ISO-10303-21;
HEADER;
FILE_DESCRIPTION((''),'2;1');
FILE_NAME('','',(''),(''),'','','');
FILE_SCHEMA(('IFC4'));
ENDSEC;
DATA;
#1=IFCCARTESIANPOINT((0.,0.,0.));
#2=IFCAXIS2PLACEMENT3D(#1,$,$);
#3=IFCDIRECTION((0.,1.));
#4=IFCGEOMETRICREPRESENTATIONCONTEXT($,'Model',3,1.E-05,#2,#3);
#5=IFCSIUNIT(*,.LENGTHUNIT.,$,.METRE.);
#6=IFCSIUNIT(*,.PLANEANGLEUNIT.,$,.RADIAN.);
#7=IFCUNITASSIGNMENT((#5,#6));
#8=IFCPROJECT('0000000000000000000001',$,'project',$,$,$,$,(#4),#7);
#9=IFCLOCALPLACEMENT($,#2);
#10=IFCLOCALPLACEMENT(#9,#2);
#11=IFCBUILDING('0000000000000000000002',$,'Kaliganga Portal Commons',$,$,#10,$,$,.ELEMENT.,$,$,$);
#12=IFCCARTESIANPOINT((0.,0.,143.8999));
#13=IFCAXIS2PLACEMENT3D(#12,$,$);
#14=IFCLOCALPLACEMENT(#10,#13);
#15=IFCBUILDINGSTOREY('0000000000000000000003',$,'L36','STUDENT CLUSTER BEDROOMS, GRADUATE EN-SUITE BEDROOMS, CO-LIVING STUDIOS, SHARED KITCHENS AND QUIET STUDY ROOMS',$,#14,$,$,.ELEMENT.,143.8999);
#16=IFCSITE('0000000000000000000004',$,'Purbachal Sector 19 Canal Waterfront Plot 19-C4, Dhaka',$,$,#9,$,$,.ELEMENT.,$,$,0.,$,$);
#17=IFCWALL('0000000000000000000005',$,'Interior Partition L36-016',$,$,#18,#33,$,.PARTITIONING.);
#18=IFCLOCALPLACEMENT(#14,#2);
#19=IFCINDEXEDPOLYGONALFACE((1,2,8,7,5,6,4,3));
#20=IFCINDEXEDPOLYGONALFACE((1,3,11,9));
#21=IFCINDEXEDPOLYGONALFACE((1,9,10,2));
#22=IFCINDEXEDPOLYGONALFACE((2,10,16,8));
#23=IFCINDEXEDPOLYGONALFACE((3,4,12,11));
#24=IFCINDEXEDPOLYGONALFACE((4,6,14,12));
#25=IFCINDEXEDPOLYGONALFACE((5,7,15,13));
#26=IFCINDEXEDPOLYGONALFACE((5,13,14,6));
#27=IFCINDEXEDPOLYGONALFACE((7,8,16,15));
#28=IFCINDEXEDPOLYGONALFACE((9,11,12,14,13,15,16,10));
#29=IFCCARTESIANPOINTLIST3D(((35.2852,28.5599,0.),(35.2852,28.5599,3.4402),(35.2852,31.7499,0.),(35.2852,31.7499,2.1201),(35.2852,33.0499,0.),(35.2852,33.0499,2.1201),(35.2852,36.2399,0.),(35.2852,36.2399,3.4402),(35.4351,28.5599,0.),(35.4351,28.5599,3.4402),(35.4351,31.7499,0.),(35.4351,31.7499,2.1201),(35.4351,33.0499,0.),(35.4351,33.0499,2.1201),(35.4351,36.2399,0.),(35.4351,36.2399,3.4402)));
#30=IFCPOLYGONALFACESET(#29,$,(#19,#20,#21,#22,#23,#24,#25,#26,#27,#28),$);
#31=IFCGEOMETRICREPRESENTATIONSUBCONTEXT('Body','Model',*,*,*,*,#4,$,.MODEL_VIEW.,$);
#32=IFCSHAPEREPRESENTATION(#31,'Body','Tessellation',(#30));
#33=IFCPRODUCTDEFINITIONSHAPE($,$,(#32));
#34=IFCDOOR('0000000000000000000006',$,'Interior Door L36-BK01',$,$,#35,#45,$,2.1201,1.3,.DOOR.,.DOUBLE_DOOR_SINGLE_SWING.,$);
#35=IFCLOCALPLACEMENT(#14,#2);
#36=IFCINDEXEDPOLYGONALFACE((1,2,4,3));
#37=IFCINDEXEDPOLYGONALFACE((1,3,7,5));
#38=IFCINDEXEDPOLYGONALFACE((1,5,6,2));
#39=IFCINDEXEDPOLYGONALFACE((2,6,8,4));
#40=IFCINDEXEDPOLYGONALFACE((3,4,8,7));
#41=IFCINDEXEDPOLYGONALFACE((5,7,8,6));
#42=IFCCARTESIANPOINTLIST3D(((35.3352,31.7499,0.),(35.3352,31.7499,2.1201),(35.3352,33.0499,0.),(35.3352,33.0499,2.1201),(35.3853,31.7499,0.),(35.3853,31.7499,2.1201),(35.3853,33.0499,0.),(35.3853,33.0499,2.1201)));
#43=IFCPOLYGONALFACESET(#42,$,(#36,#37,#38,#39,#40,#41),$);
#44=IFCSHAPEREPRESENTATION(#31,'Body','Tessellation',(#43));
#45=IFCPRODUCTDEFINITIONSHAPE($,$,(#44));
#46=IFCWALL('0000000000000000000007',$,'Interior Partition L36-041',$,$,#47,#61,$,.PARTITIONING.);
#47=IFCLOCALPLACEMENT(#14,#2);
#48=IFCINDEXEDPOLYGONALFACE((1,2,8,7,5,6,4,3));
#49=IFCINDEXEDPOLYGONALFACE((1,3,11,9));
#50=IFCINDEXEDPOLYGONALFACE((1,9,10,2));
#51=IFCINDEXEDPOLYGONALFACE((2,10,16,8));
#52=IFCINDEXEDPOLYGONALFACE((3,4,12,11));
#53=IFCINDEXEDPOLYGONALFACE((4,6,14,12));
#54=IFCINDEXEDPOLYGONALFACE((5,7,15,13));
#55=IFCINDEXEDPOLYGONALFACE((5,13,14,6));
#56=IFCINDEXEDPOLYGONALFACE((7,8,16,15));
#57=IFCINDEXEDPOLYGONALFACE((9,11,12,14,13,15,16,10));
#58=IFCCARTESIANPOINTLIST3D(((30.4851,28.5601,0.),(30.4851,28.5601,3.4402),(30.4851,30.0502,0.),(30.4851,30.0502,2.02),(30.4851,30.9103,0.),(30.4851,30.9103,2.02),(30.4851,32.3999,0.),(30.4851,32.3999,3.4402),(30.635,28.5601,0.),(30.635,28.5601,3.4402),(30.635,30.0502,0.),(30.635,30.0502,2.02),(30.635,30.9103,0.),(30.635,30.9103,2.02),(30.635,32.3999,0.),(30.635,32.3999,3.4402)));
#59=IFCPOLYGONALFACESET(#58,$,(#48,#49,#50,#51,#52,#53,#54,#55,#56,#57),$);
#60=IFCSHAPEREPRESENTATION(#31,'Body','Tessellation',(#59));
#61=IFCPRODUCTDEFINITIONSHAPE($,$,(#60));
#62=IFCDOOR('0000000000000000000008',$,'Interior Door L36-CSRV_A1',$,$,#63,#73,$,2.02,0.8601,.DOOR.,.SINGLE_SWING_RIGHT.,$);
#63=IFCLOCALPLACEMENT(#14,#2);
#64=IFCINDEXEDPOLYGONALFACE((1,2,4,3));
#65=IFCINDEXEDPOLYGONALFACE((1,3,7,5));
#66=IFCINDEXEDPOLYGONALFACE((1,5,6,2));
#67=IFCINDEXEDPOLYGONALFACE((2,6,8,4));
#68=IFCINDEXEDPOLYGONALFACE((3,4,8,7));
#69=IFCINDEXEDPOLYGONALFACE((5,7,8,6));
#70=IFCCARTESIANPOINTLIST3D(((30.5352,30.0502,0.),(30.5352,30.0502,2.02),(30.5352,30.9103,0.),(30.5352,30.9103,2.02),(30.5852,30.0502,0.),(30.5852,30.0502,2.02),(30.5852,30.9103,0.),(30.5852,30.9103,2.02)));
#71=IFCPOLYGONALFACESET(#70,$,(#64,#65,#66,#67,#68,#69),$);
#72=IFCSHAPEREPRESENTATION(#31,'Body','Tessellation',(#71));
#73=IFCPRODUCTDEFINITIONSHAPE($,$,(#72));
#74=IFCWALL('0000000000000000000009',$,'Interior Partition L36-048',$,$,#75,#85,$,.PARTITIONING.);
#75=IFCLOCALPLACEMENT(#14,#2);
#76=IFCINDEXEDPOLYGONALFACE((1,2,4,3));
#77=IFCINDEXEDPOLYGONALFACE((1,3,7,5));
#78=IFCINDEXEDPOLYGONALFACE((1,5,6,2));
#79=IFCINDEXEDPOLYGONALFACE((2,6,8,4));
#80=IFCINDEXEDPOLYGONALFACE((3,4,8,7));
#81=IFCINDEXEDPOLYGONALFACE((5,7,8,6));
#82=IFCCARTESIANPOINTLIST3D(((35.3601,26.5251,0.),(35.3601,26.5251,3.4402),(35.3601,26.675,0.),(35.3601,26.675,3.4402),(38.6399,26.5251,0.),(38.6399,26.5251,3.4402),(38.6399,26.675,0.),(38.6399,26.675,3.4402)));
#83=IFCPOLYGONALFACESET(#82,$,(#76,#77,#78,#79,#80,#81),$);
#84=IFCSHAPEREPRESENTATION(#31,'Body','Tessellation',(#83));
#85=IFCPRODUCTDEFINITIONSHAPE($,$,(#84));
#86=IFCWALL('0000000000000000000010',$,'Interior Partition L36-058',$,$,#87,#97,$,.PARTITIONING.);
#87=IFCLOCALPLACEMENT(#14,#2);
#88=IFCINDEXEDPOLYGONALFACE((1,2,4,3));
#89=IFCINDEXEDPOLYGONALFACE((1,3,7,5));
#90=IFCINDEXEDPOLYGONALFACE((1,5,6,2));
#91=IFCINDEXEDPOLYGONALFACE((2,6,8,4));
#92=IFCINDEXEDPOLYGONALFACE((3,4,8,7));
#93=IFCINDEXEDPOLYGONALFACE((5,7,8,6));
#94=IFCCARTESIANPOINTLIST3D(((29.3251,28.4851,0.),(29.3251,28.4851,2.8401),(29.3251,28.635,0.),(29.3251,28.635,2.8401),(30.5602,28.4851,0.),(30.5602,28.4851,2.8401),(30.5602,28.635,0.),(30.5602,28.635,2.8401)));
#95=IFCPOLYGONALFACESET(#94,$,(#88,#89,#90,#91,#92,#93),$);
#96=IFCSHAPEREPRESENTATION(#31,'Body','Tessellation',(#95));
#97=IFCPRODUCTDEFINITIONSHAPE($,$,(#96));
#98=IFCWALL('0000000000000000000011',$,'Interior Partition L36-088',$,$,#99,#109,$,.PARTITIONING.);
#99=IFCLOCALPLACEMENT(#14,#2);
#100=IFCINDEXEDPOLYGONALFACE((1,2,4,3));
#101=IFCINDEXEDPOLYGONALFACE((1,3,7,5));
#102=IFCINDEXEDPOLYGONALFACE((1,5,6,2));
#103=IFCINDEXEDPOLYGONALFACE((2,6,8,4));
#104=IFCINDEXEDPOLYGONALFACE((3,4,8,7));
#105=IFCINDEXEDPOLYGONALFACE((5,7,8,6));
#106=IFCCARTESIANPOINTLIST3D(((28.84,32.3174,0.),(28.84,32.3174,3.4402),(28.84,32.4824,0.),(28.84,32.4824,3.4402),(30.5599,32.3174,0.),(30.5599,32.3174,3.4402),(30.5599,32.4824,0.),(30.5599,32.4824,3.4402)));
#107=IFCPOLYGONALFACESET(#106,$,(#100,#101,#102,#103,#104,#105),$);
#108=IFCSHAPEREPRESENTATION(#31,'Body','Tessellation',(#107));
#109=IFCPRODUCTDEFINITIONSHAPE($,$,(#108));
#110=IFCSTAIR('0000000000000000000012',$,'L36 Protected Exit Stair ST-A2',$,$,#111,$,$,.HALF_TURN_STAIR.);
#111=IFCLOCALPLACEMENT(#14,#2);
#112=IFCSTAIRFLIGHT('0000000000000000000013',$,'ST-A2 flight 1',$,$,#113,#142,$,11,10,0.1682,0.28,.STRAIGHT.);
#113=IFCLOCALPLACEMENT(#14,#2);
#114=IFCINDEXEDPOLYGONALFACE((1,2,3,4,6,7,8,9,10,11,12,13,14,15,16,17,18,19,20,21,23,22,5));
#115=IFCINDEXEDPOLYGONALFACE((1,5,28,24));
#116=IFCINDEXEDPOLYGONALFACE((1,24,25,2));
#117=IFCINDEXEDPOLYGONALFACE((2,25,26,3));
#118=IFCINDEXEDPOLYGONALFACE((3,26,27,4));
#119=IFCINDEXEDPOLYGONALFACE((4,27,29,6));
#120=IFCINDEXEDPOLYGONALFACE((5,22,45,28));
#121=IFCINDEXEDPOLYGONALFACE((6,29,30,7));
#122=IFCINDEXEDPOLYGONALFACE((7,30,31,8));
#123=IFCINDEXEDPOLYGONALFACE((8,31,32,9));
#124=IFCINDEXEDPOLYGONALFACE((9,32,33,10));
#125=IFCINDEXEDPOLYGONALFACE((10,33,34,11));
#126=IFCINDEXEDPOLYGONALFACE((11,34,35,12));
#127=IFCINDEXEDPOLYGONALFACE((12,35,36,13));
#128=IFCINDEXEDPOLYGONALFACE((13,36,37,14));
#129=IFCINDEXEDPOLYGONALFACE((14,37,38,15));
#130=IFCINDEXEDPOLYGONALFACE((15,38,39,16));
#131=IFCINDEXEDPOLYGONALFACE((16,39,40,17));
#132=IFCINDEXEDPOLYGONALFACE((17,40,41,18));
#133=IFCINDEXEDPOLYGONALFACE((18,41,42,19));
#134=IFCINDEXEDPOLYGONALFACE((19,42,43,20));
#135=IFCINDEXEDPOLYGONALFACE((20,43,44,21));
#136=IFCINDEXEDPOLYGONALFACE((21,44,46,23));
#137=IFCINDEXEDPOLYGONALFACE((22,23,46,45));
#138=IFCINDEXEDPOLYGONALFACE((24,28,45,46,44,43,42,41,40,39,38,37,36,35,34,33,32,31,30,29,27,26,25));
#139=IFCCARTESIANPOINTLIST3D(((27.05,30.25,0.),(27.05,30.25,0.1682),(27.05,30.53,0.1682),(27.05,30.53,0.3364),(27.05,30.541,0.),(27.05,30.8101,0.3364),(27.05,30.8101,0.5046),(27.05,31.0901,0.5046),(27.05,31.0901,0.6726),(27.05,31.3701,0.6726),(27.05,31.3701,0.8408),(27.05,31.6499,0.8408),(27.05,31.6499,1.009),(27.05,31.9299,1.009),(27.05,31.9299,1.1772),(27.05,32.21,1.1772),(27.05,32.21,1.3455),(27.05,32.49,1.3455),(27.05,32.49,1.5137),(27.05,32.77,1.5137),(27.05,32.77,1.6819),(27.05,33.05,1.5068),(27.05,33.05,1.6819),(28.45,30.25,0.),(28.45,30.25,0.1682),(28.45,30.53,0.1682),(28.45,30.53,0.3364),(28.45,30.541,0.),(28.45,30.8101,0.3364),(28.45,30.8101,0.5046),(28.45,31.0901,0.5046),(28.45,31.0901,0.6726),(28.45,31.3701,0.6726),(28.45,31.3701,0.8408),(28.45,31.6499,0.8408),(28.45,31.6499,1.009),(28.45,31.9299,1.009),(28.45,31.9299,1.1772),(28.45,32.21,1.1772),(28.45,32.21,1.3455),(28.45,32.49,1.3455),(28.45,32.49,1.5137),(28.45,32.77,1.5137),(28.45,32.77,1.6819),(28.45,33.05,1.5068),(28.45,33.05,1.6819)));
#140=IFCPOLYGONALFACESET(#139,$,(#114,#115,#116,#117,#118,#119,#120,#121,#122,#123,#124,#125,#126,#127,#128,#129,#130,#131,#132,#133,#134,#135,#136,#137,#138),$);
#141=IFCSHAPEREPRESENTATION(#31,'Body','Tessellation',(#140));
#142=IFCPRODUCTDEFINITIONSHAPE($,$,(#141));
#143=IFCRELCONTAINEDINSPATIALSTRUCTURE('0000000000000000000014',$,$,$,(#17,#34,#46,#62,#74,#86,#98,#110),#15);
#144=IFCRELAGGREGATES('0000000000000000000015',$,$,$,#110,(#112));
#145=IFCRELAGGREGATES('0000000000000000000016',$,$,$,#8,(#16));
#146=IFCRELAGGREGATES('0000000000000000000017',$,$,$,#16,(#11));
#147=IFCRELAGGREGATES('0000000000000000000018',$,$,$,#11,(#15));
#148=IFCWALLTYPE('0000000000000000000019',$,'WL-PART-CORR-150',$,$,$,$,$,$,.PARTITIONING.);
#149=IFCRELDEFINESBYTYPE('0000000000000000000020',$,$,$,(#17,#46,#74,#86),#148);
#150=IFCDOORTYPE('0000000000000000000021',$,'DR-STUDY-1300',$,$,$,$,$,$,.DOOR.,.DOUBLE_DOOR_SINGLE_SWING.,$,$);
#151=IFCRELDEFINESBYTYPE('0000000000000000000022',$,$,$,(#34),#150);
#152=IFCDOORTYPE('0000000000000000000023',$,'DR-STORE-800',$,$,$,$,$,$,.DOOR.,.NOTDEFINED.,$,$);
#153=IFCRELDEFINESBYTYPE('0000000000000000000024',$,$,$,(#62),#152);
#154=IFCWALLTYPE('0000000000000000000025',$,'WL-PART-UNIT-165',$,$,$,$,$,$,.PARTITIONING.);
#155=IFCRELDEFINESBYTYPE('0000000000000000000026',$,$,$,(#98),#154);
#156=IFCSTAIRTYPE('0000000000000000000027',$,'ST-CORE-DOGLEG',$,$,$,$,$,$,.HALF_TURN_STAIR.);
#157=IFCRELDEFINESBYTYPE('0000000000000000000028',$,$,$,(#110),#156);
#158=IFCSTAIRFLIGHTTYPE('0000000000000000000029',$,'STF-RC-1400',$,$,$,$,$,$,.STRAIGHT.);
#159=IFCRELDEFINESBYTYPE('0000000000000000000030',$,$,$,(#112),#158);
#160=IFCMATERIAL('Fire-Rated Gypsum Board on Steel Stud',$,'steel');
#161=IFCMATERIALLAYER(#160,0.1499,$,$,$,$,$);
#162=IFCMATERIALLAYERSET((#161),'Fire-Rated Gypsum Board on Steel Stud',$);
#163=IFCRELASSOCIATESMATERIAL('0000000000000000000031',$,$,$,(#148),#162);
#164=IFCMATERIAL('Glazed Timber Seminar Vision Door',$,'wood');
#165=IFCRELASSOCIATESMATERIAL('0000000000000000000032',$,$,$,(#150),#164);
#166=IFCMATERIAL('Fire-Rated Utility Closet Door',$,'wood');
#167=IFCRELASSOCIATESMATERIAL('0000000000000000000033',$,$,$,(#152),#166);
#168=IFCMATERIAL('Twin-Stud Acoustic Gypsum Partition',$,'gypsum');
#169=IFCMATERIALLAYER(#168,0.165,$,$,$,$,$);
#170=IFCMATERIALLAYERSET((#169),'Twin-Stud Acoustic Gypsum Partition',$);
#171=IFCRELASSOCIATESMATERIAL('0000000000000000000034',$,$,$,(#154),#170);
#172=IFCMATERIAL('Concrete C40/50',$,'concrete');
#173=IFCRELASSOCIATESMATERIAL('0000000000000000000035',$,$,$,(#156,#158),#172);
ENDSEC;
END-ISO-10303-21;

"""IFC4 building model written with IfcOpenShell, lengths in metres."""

from ifc_helpers import new_model, si_unit, direction, frame, frame_2d, origin, place, context, subcontext, project, spatial, polyline, rectangle, outline, extrude, material, layer, layer_set, type_object, element, fill, aggregate, save


model = new_model("IFC4")

# Units and contexts
model_context = context("Model", 3, precision=1e-05, world=origin(), true_north=direction((0.0, 1.0)))
body_context = subcontext(model_context, "Body", "Model", "MODEL_VIEW")
ifc_project = project(units=[si_unit("LENGTHUNIT", "METRE"), si_unit("PLANEANGLEUNIT", "RADIAN")], contexts=[model_context])

# Site, building, storey
site_placement = place(None, origin())
site = spatial("IfcSite", under=ifc_project, at=site_placement, Name="Purbachal Sector 19 Canal Waterfront Plot 19-C4, Dhaka", CompositionType="ELEMENT", RefElevation=0.0)
building_placement = place(site_placement, origin())
building = spatial("IfcBuilding", under=site, at=building_placement, Name="Kaliganga Portal Commons", CompositionType="ELEMENT")
storey_placement = place(building_placement, frame((0.0, 0.0, 143.8999)))
storey = spatial("IfcBuildingStorey", under=building, at=storey_placement, Name="L36", Description="STUDENT CLUSTER BEDROOMS, GRADUATE EN-SUITE BEDROOMS, CO-LIVING STUDIOS, SHARED KITCHENS AND QUIET STUDY ROOMS", CompositionType="ELEMENT", Elevation=143.8999)

# Walls, openings, doors
ifc_material_1 = material(Name="Fire-Rated Gypsum Board on Steel Stud", Category="steel")
ifc_layer_1 = layer(ifc_material_1, 0.1499)
ifc_layer_set_1 = layer_set([ifc_layer_1], Name="Fire-Rated Gypsum Board on Steel Stud")
wall_type_1 = type_object("IfcWallType", Name="WL-PART-CORR-150", PredefinedType="PARTITIONING", material=ifc_layer_set_1)
wall_1_placement = place(storey_placement, frame((35.3601, 28.5601, 0.0), z_axis=(0.0, 0.0, 1.0), x_axis=(0.0, 1.0, 0.0)))
wall_1 = element("IfcWall", 1, at=wall_1_placement, inside=storey, type_object=wall_type_1, Name="Interior Partition L36-016", PredefinedType="PARTITIONING", context=body_context, shape_type="SweptSolid", body=[
    extrude(rectangle(XDim=7.6799, YDim=0.1499, at=frame_2d((3.8398, 0.0))), origin(), (0.0, 0.0, 1.0), 3.4402),
])
opening_1_placement = place(wall_1_placement, frame((3.1899, 0.0, 0.0)))
opening_1 = element("IfcOpeningElement", 2, at=opening_1_placement, cuts=wall_1, PredefinedType="OPENING", context=body_context, shape_type="SweptSolid", body=[
    extrude(rectangle(XDim=1.3, YDim=2.1201, at=frame_2d((0.6499, 1.0601))), frame((0.0, 0.085, 0.0), z_axis=(0.0, -1.0, 0.0), x_axis=(1.0, 0.0, 0.0)), (0.0, 0.0, 1.0), 0.1699),
])
ifc_material_2 = material(Name="Glazed Timber Seminar Vision Door", Category="wood")
door_type_1 = type_object("IfcDoorType", Name="DR-STUDY-1300", OperationType="DOUBLE_DOOR_SINGLE_SWING", PredefinedType="DOOR", material=ifc_material_2)
door_1_placement = place(opening_1_placement, origin())
door_1 = element("IfcDoor", 3, at=door_1_placement, inside=storey, type_object=door_type_1, Name="Interior Door L36-BK01", OperationType="DOUBLE_DOOR_SINGLE_SWING", OverallHeight=2.1201, OverallWidth=1.3, PredefinedType="DOOR", context=body_context, shape_type="SweptSolid", body=[
    extrude(rectangle(XDim=1.3, YDim=2.1201, at=frame_2d((0.6499, 1.0601))), frame((0.0, 0.0249, 0.0), z_axis=(0.0, -1.0, 0.0), x_axis=(1.0, 0.0, 0.0)), (0.0, 0.0, 1.0), 0.05),
])
fill(opening_1, door_1)
wall_2_placement = place(storey_placement, frame((30.5601, 28.5601, 0.0), z_axis=(0.0, 0.0, 1.0), x_axis=(0.0, 1.0, 0.0)))
wall_2 = element("IfcWall", 4, at=wall_2_placement, inside=storey, type_object=wall_type_1, Name="Interior Partition L36-041", PredefinedType="PARTITIONING", context=body_context, shape_type="SweptSolid", body=[
    extrude(rectangle(XDim=3.8398, YDim=0.1499, at=frame_2d((1.9199, 0.0))), origin(), (0.0, 0.0, 1.0), 3.4402),
])
opening_2_placement = place(wall_2_placement, frame((1.49, 0.0, 0.0)))
opening_2 = element("IfcOpeningElement", 5, at=opening_2_placement, cuts=wall_2, PredefinedType="OPENING", context=body_context, shape_type="SweptSolid", body=[
    extrude(rectangle(XDim=0.8601, YDim=2.02, at=frame_2d((0.4302, 1.01))), frame((0.0, 0.085, 0.0), z_axis=(0.0, -1.0, 0.0), x_axis=(1.0, 0.0, 0.0)), (0.0, 0.0, 1.0), 0.1699),
])
ifc_material_3 = material(Name="Fire-Rated Utility Closet Door", Category="wood")
door_type_2 = type_object("IfcDoorType", Name="DR-STORE-800", OperationType="NOTDEFINED", PredefinedType="DOOR", material=ifc_material_3)
door_2_placement = place(opening_2_placement, origin())
door_2 = element("IfcDoor", 6, at=door_2_placement, inside=storey, type_object=door_type_2, Name="Interior Door L36-CSRV_A1", OperationType="SINGLE_SWING_RIGHT", OverallHeight=2.02, OverallWidth=0.8601, PredefinedType="DOOR", context=body_context, shape_type="SweptSolid", body=[
    extrude(rectangle(XDim=0.8601, YDim=2.02, at=frame_2d((0.4302, 1.01))), frame((0.0, 0.0249, 0.0), z_axis=(0.0, -1.0, 0.0), x_axis=(1.0, 0.0, 0.0)), (0.0, 0.0, 1.0), 0.05),
])
fill(opening_2, door_2)

# Walls
wall_3_placement = place(storey_placement, frame((35.3601, 26.6001, 0.0), z_axis=(0.0, 0.0, 1.0), x_axis=(1.0, 0.0, 0.0)))
element("IfcWall", 7, at=wall_3_placement, inside=storey, type_object=wall_type_1, Name="Interior Partition L36-048", PredefinedType="PARTITIONING", context=body_context, shape_type="SweptSolid", body=[
    extrude(rectangle(XDim=3.2798, YDim=0.1499, at=frame_2d((1.6399, 0.0))), origin(), (0.0, 0.0, 1.0), 3.4402),
])
wall_4_placement = place(storey_placement, frame((29.325, 28.5601, 0.0), z_axis=(0.0, 0.0, 1.0), x_axis=(1.0, 0.0, 0.0)))
element("IfcWall", 8, at=wall_4_placement, inside=storey, type_object=wall_type_1, Name="Interior Partition L36-058", PredefinedType="PARTITIONING", context=body_context, shape_type="SweptSolid", body=[
    extrude(rectangle(XDim=1.2351, YDim=0.1499, at=frame_2d((0.6177, 0.0))), origin(), (0.0, 0.0, 1.0), 2.8401),
])
ifc_material_4 = material(Name="Twin-Stud Acoustic Gypsum Partition", Category="gypsum")
ifc_layer_2 = layer(ifc_material_4, 0.165)
ifc_layer_set_2 = layer_set([ifc_layer_2], Name="Twin-Stud Acoustic Gypsum Partition")
wall_type_2 = type_object("IfcWallType", Name="WL-PART-UNIT-165", PredefinedType="PARTITIONING", material=ifc_layer_set_2)
wall_5_placement = place(storey_placement, frame((28.8401, 32.3999, 0.0), z_axis=(0.0, 0.0, 1.0), x_axis=(1.0, 0.0, 0.0)))
element("IfcWall", 9, at=wall_5_placement, inside=storey, type_object=wall_type_2, Name="Interior Partition L36-088", PredefinedType="PARTITIONING", context=body_context, shape_type="SweptSolid", body=[
    extrude(rectangle(XDim=1.72, YDim=0.165, at=frame_2d((0.8599, 0.0))), origin(), (0.0, 0.0, 1.0), 3.4402),
])

# Stair, stair flight
ifc_material_5 = material(Name="Concrete C40/50", Category="concrete")
stair_type = type_object("IfcStairType", Name="ST-CORE-DOGLEG", PredefinedType="HALF_TURN_STAIR", material=ifc_material_5)
stair_placement = place(storey_placement, origin())
stair = element("IfcStair", 10, at=stair_placement, inside=storey, type_object=stair_type, Name="L36 Protected Exit Stair ST-A2", PredefinedType="HALF_TURN_STAIR")
stair_flight_type = type_object("IfcStairFlightType", Name="STF-RC-1400", PredefinedType="STRAIGHT", material=ifc_material_5)
stair_flight_placement = place(storey_placement, frame((27.75, 30.25, 0.0), z_axis=(0.0, 0.0, 1.0), x_axis=(0.0, 1.0, 0.0)))
stair_flight = element("IfcStairFlight", 11, at=stair_flight_placement, type_object=stair_flight_type, Name="ST-A2 flight 1", NumberOfRisers=11, NumberOfTreads=10, PredefinedType="STRAIGHT", RiserHeight=0.1682, TreadLength=0.28, context=body_context, shape_type="SweptSolid", body=[
    extrude(outline(polyline([(0.0, 0.0), (0.0, 0.1682), (0.28, 0.1682), (0.28, 0.3364), (0.5601, 0.3364), (0.5601, 0.5046), (0.8401, 0.5046), (0.8401, 0.6726), (1.1201, 0.6726), (1.1201, 0.8408), (1.3999, 0.8408), (1.3999, 1.009), (1.6799, 1.009), (1.6799, 1.1772), (1.96, 1.1772), (1.96, 1.3455), (2.24, 1.3455), (2.24, 1.5137), (2.52, 1.5137), (2.52, 1.6819), (2.8, 1.6819), (2.8, 1.8501), (2.8, 1.5068), (0.291, 0.0), (0.0, 0.0)])), frame((0.0, 0.7, 0.0), z_axis=(0.0, -1.0, 0.0), x_axis=(1.0, 0.0, 0.0)), (0.0, 0.0, 1.0), 1.3999),
])
aggregate(stair, [stair_flight])

save(model, "model.ifc")
